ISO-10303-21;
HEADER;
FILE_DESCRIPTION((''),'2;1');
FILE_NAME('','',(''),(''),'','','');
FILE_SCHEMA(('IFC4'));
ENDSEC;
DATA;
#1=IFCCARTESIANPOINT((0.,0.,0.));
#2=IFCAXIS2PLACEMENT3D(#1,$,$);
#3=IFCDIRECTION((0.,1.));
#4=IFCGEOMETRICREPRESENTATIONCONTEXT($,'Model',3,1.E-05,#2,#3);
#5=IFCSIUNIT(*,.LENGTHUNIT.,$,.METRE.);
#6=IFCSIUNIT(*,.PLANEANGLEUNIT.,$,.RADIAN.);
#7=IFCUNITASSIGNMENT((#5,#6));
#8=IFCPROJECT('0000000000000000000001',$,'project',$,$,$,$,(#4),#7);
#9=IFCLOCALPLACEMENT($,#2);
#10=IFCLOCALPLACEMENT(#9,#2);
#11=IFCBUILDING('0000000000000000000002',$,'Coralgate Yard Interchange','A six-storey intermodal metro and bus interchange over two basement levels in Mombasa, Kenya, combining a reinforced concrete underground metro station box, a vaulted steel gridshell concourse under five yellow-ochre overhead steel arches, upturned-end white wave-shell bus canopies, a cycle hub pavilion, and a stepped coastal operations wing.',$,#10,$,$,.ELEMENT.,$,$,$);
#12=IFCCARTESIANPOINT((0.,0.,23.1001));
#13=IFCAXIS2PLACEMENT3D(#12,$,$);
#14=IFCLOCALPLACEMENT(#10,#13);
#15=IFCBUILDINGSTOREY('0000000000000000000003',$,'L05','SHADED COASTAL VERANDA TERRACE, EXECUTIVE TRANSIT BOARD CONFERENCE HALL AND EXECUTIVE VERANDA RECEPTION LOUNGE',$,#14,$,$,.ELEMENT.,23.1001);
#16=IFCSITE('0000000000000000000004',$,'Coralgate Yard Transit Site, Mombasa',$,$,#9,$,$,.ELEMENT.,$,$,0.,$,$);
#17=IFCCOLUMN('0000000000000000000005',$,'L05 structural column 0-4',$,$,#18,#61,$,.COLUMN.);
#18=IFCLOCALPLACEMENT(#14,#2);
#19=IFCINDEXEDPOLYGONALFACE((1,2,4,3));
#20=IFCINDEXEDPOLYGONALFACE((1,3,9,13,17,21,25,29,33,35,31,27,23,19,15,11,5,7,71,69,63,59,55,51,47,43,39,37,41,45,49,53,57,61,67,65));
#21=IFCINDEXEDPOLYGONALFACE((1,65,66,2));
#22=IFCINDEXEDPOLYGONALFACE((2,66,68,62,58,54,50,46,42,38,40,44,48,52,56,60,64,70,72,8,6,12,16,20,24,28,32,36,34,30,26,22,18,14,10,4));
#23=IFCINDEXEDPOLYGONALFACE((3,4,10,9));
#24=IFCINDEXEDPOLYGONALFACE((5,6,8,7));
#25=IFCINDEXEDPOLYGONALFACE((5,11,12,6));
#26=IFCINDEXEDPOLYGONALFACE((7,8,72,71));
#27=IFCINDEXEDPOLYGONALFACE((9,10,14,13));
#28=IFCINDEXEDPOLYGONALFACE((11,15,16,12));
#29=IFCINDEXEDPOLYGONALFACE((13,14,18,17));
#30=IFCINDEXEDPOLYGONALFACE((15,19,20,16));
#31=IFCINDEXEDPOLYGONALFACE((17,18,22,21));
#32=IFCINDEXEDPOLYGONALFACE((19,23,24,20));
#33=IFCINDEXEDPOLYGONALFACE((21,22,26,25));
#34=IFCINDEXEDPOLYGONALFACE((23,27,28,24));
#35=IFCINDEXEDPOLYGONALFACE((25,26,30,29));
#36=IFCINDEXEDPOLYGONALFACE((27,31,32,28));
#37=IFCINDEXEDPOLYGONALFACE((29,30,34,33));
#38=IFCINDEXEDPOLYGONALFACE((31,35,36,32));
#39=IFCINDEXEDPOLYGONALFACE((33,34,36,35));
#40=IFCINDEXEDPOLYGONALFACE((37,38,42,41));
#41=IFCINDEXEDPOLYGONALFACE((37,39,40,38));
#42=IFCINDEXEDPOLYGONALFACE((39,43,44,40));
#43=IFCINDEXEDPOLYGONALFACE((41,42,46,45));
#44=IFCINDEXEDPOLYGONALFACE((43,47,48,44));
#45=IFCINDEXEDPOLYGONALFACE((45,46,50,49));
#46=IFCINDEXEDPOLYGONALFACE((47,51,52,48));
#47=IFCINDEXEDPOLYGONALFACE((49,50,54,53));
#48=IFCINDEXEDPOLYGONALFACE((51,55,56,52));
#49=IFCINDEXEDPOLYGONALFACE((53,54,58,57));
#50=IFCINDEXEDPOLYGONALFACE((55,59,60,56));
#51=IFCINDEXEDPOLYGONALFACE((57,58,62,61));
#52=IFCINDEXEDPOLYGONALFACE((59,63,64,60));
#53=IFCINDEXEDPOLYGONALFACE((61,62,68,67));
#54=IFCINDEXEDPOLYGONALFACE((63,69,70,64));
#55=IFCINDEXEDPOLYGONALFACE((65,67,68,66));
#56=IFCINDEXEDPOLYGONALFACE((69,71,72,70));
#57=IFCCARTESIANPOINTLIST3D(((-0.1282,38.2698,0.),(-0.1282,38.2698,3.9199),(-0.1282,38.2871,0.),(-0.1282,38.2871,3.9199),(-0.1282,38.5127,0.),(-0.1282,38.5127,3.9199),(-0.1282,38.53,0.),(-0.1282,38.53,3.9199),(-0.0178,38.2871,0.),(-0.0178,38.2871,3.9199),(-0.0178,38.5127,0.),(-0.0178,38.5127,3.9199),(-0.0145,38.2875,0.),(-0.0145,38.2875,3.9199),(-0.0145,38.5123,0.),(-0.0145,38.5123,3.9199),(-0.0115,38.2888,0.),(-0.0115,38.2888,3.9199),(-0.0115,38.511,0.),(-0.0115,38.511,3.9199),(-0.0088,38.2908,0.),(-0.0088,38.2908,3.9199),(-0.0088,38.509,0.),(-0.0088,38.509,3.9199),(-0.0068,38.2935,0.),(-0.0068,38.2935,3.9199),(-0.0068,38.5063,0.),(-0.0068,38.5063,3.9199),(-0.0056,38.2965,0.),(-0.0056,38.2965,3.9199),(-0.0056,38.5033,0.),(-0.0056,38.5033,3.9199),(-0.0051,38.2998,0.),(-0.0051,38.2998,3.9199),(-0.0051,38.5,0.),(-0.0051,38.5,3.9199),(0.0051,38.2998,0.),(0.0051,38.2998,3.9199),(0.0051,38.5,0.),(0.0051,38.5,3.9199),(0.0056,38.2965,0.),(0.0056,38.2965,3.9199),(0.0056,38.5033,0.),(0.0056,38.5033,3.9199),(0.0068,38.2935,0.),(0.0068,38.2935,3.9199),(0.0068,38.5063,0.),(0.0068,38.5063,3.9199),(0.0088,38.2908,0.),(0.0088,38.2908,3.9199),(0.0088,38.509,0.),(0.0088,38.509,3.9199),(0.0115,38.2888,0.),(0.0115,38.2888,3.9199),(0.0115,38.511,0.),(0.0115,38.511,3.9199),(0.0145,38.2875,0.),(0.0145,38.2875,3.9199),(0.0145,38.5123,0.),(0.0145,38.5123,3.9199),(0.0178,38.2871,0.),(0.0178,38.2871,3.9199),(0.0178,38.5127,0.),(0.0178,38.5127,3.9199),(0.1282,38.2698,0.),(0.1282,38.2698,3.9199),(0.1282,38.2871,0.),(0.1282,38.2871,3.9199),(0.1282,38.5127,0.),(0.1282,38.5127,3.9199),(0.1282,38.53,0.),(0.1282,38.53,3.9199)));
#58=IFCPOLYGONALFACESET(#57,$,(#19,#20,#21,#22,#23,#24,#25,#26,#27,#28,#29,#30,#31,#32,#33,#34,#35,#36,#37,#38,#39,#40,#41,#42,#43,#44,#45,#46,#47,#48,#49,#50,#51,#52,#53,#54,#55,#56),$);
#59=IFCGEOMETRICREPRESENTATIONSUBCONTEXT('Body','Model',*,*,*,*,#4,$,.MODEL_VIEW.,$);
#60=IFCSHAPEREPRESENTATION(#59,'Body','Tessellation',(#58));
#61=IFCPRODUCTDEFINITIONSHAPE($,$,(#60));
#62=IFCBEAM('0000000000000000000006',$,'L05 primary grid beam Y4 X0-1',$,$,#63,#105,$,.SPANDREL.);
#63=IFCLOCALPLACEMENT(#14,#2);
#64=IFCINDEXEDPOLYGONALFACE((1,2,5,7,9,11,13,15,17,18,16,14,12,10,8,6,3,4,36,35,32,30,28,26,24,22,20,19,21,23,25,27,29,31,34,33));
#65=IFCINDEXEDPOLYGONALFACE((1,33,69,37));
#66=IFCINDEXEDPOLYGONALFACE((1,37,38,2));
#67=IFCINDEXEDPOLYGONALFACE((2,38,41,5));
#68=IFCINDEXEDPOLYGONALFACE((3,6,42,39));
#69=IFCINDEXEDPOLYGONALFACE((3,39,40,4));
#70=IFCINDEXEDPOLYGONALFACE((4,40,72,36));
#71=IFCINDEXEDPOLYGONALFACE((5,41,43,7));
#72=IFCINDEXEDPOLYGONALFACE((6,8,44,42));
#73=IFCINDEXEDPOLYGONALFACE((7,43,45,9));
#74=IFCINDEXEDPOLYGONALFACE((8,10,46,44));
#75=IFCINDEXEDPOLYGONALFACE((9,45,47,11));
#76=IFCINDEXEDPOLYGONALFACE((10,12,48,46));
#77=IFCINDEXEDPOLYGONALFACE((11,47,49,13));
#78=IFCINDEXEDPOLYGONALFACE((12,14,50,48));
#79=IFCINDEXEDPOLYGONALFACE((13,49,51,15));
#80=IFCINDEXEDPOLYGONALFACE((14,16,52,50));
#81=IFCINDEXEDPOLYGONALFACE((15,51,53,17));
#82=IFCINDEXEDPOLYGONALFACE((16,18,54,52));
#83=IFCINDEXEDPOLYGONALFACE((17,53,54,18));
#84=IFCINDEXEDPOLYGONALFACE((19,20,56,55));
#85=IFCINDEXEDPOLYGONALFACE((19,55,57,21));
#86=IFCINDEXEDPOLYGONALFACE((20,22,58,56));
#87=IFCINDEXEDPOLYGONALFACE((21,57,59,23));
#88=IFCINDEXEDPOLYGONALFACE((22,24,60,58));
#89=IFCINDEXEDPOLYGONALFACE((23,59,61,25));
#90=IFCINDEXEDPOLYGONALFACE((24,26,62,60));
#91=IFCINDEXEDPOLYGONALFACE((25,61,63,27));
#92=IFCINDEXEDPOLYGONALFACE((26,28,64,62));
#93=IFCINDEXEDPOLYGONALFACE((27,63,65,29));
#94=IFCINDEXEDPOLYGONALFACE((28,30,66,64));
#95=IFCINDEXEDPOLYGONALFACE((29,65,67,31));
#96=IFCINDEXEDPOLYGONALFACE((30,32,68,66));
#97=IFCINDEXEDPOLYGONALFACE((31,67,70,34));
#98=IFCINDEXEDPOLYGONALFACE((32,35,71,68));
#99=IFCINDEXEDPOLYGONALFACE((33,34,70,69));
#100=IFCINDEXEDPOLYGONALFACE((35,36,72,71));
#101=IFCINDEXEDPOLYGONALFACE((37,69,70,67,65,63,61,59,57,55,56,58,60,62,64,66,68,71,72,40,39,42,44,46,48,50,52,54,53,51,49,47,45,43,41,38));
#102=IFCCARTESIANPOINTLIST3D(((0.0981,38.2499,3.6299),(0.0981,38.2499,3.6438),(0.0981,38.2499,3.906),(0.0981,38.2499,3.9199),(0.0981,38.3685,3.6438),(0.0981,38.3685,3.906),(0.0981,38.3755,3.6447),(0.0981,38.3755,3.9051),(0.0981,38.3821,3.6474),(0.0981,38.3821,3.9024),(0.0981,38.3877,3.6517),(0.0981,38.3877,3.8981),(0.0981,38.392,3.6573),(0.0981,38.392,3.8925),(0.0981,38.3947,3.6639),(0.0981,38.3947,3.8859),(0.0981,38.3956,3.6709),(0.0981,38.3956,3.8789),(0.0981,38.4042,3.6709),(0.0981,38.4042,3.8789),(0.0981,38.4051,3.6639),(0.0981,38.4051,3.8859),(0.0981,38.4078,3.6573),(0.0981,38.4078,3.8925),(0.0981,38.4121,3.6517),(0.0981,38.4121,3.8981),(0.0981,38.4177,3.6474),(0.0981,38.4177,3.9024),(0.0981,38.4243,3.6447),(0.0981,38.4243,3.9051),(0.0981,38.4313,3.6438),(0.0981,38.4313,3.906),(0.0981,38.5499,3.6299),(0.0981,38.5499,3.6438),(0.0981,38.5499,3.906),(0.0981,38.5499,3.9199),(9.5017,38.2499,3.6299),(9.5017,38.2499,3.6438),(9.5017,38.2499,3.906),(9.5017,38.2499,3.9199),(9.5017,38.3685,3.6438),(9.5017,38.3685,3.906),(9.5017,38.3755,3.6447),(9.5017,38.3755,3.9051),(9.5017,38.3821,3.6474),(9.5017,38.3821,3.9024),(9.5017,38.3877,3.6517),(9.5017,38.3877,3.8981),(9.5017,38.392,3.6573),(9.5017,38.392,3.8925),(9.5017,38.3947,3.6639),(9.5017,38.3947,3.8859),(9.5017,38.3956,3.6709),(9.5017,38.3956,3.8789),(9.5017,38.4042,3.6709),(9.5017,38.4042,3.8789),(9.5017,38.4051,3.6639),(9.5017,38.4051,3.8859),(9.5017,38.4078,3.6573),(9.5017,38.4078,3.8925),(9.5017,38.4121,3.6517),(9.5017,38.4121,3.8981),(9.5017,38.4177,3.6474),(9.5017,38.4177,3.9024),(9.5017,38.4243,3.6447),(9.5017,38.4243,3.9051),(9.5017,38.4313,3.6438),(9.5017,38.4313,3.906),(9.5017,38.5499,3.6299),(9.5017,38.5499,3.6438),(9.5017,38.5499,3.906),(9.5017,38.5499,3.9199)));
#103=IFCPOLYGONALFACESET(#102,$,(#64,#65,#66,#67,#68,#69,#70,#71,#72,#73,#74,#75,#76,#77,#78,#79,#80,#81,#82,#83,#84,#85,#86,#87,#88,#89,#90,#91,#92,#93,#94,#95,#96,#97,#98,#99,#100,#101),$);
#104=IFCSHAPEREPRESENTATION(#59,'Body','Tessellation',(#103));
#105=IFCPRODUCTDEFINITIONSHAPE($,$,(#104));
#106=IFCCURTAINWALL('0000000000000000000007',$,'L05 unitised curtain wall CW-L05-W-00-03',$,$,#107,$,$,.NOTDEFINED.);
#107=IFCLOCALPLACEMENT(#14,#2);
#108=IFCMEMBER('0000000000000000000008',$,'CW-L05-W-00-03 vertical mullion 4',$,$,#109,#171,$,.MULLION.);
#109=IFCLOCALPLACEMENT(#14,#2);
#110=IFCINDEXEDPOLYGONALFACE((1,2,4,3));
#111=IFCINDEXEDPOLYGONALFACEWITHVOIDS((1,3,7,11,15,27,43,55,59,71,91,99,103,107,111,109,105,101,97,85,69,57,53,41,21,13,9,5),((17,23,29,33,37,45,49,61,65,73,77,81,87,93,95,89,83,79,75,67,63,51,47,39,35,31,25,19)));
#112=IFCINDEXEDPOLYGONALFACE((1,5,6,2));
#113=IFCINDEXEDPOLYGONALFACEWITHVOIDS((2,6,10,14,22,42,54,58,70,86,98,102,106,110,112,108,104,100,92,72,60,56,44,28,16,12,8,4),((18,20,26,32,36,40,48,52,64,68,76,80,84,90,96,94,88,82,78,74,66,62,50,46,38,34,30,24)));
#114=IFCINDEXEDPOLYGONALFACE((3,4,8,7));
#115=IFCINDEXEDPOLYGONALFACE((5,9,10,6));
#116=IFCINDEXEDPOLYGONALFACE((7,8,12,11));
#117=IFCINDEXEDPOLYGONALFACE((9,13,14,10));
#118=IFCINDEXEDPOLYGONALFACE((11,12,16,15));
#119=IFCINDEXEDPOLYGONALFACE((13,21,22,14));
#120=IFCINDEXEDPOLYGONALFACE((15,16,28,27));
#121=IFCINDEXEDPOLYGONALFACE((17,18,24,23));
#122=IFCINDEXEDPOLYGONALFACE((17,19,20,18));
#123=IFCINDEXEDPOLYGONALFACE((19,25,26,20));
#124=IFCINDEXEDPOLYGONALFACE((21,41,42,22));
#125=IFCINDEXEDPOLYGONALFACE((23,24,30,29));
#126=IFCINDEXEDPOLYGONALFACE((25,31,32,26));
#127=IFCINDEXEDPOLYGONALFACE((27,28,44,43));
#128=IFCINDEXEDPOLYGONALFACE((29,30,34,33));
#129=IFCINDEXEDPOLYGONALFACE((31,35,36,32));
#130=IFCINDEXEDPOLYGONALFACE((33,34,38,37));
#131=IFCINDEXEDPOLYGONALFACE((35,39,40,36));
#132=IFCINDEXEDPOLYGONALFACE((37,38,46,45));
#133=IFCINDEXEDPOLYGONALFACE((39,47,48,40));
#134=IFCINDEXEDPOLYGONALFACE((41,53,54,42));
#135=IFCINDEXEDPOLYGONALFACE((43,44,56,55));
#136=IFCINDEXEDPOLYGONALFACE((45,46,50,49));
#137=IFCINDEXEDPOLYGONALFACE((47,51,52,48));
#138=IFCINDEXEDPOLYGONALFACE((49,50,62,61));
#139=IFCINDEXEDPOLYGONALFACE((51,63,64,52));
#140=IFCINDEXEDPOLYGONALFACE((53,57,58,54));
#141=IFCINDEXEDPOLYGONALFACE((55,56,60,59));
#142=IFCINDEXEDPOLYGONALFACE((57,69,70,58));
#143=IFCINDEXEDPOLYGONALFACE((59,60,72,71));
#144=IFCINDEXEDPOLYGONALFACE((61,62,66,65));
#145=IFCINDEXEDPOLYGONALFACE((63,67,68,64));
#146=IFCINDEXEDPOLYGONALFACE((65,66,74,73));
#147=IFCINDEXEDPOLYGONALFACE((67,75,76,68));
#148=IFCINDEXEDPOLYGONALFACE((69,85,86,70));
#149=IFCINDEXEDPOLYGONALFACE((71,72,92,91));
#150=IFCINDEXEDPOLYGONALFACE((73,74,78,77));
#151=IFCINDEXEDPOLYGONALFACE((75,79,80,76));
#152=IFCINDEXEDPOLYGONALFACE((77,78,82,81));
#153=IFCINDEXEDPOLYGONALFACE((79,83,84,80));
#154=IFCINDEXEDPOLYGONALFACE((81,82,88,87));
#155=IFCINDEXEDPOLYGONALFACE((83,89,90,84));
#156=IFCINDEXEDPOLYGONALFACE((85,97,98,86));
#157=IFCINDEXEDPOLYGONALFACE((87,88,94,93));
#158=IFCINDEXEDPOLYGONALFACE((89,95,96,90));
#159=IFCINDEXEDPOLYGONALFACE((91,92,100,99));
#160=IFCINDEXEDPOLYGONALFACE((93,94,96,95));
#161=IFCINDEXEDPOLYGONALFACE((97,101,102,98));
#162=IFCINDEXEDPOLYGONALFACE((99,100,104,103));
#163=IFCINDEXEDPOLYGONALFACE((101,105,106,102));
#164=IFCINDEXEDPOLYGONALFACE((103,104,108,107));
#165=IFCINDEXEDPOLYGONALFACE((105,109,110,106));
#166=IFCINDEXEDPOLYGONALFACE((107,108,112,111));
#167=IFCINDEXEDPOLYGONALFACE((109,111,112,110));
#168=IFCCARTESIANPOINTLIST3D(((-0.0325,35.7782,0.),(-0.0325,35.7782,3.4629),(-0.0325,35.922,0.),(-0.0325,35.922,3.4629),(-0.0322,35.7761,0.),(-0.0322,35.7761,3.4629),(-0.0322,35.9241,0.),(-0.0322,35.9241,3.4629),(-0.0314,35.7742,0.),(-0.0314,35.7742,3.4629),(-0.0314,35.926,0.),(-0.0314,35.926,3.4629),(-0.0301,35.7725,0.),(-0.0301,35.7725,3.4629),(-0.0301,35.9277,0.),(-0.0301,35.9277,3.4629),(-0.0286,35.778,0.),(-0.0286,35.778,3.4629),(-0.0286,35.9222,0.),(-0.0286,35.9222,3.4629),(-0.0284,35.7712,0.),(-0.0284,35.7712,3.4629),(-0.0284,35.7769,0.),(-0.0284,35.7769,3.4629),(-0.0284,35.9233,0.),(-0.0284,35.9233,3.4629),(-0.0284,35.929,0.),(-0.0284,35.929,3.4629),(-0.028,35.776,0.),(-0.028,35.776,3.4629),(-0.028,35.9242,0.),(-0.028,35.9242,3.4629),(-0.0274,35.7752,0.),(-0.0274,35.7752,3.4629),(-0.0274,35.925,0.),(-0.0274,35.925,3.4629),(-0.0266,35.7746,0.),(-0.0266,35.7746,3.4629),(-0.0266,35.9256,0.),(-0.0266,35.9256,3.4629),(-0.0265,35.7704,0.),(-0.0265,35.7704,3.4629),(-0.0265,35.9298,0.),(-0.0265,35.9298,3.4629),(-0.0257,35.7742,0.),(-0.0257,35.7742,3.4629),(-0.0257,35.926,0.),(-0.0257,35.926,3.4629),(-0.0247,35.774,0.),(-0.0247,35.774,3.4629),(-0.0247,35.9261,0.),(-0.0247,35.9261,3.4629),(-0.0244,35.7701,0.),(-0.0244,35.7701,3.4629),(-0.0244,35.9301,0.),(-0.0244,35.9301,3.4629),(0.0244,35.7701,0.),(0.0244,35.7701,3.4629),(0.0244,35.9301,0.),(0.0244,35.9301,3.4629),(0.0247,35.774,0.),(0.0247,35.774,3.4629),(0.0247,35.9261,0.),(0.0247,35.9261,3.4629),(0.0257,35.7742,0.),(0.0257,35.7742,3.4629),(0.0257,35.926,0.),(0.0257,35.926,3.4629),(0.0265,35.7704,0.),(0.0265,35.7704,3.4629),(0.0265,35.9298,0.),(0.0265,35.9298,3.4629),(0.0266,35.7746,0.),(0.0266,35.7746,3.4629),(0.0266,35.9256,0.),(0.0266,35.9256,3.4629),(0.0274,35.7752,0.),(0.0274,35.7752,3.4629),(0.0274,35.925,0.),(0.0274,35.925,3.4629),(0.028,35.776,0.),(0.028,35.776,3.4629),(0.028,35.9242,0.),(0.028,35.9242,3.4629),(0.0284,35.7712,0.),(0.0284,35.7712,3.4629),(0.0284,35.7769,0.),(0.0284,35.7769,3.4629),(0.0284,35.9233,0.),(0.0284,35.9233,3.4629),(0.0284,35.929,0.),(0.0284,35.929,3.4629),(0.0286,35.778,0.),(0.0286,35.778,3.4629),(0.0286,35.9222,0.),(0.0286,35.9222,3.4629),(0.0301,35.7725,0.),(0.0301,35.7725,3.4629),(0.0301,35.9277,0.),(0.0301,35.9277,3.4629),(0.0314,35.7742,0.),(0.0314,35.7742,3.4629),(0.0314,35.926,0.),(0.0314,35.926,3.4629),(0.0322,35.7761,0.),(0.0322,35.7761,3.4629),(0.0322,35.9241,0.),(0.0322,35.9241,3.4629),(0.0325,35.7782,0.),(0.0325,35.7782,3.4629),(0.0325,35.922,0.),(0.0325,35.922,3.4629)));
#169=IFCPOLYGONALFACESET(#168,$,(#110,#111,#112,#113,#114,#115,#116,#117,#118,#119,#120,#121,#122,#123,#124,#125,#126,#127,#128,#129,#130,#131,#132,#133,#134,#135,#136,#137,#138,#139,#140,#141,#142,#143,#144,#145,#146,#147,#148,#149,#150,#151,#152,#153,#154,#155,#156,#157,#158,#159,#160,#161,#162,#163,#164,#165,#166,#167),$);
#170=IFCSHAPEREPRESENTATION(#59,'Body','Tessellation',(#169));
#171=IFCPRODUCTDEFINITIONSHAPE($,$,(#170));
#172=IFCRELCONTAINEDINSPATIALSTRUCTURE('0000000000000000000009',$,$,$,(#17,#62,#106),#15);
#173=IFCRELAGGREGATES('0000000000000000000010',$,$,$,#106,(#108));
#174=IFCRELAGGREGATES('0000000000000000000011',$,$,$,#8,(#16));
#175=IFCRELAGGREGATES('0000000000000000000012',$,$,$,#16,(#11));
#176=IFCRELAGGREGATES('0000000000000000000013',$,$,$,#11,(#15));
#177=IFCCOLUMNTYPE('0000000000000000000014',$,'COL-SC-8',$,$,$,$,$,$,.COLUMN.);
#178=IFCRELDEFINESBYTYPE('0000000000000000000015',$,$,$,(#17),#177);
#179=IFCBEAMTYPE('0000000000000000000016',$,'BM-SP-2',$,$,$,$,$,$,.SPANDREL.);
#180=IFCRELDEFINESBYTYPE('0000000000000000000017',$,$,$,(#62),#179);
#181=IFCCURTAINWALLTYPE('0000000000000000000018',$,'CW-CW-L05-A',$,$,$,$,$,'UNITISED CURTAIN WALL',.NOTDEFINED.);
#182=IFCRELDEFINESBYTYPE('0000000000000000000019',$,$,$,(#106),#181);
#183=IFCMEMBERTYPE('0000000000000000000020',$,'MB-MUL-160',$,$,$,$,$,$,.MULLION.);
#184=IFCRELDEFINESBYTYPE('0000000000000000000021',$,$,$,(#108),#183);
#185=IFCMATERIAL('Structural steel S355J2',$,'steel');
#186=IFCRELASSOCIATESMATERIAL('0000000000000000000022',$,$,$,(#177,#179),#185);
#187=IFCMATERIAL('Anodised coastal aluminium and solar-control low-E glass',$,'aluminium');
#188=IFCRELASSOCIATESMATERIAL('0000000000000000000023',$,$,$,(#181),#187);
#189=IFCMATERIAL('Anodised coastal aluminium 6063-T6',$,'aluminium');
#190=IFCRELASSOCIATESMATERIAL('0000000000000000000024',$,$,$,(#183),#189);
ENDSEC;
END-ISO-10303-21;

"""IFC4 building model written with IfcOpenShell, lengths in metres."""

from ifc_helpers import new_model, si_unit, direction, frame, origin, origin_2d, place, context, subcontext, project, spatial, hollow_rectangle, i_section, extrude, material, material_profile, profile_set, type_object, element, aggregate, save


model = new_model("IFC4")

# Units and contexts
model_context = context("Model", 3, precision=1e-05, world=origin(), true_north=direction((0.0, 1.0)))
body_context = subcontext(model_context, "Body", "Model", "MODEL_VIEW")
ifc_project = project(units=[si_unit("LENGTHUNIT", "METRE"), si_unit("PLANEANGLEUNIT", "RADIAN")], contexts=[model_context])

# Site, building, storey
site_placement = place(None, origin())
site = spatial("IfcSite", under=ifc_project, at=site_placement, Name="Coralgate Yard Transit Site, Mombasa", CompositionType="ELEMENT", RefElevation=0.0)
building_placement = place(site_placement, origin())
building = spatial("IfcBuilding", under=site, at=building_placement, Name="Coralgate Yard Interchange", Description="A six-storey intermodal metro and bus interchange over two basement levels in Mombasa, Kenya, combining a reinforced concrete underground metro station box, a vaulted steel gridshell concourse under five yellow-ochre overhead steel arches, upturned-end white wave-shell bus canopies, a cycle hub pavilion, and a stepped coastal operations wing.", CompositionType="ELEMENT")
storey_placement = place(building_placement, frame((0.0, 0.0, 23.1001)))
storey = spatial("IfcBuildingStorey", under=building, at=storey_placement, Name="L05", Description="SHADED COASTAL VERANDA TERRACE, EXECUTIVE TRANSIT BOARD CONFERENCE HALL AND EXECUTIVE VERANDA RECEPTION LOUNGE", CompositionType="ELEMENT", Elevation=23.1001)

# Column
ifc_material_1 = material(Name="Structural steel S355J2", Category="steel")
ifc_material_profile_1 = material_profile(ifc_material_1, i_section(OverallWidth=0.2563, OverallDepth=0.2603, WebThickness=0.0103, FlangeThickness=0.0173, FilletRadius=0.0127, at=origin_2d()), Name="UC 254x254x89")
ifc_profile_set_1 = profile_set([ifc_material_profile_1], Name="Structural steel S355J2")
column_type = type_object("IfcColumnType", Name="COL-SC-8", PredefinedType="COLUMN", material=ifc_profile_set_1)
column_placement = place(storey_placement, frame((0.0, 38.3999, 0.0), z_axis=(0.0, 0.0, 1.0), x_axis=(1.0, 0.0, 0.0)))
element("IfcColumn", 1, at=column_placement, inside=storey, type_object=column_type, Name="L05 structural column 0-4", PredefinedType="COLUMN", context=body_context, shape_type="SweptSolid", body=[
    extrude(i_section(OverallWidth=0.2563, OverallDepth=0.2603, WebThickness=0.0103, FlangeThickness=0.0173, FilletRadius=0.0127, at=origin_2d()), origin(), (0.0, 0.0, 1.0), 3.9199),
])

# Beam
ifc_material_profile_2 = material_profile(ifc_material_1, i_section(OverallWidth=0.3, OverallDepth=0.29, WebThickness=0.0085, FlangeThickness=0.0139, FilletRadius=0.0271, at=origin_2d()), Name="HEA 300")
ifc_profile_set_2 = profile_set([ifc_material_profile_2], Name="Structural steel S355J2")
beam_type = type_object("IfcBeamType", Name="BM-SP-2", PredefinedType="SPANDREL", material=ifc_profile_set_2)
beam_placement = place(storey_placement, frame((0.0981, 38.3999, 3.7749), z_axis=(1.0, 0.0, 0.0), x_axis=(0.0, 1.0, 0.0)))
element("IfcBeam", 2, at=beam_placement, inside=storey, type_object=beam_type, Name="L05 primary grid beam Y4 X0-1", PredefinedType="SPANDREL", context=body_context, shape_type="SweptSolid", body=[
    extrude(i_section(OverallWidth=0.3, OverallDepth=0.29, WebThickness=0.0085, FlangeThickness=0.0139, FilletRadius=0.0271, at=origin_2d()), origin(), (0.0, 0.0, 1.0), 9.4036),
])

# Curtain wall, member
ifc_material_2 = material(Name="Anodised coastal aluminium and solar-control low-E glass", Category="aluminium")
curtain_wall_type = type_object("IfcCurtainWallType", Name="CW-CW-L05-A", ElementType="UNITISED CURTAIN WALL", PredefinedType="NOTDEFINED", material=ifc_material_2)
curtain_wall_1_placement = place(storey_placement, origin())
curtain_wall_1 = element("IfcCurtainWall", 3, at=curtain_wall_1_placement, inside=storey, type_object=curtain_wall_type, Name="L05 unitised curtain wall CW-L05-W-00-03", PredefinedType="NOTDEFINED")
ifc_material_3 = material(Name="Anodised coastal aluminium 6063-T6", Category="aluminium")
ifc_material_profile_3 = material_profile(ifc_material_3, hollow_rectangle(XDim=0.0649, YDim=0.1599, WallThickness=0.0039, InnerFilletRadius=0.0039, OuterFilletRadius=0.0081, at=origin_2d()), Name="ALU 65x160x4")
ifc_profile_set_3 = profile_set([ifc_material_profile_3], Name="Anodised coastal aluminium 6063-T6")
member_type_1 = type_object("IfcMemberType", Name="MB-MUL-160", PredefinedType="MULLION", material=ifc_profile_set_3)
member_1_placement = place(storey_placement, frame((0.0, 35.8501, 0.0), z_axis=(0.0, 0.0, 1.0), x_axis=(1.0, 0.0, 0.0)))
member_1 = element("IfcMember", 4, at=member_1_placement, type_object=member_type_1, Name="CW-L05-W-00-03 vertical mullion 4", PredefinedType="MULLION", context=body_context, shape_type="SweptSolid", body=[
    extrude(hollow_rectangle(XDim=0.0649, YDim=0.1599, WallThickness=0.0039, InnerFilletRadius=0.0039, OuterFilletRadius=0.0081, at=origin_2d()), origin(), (0.0, 0.0, 1.0), 3.4629),
])

aggregate(curtain_wall_1, [member_1])

save(model, "model.ifc")
